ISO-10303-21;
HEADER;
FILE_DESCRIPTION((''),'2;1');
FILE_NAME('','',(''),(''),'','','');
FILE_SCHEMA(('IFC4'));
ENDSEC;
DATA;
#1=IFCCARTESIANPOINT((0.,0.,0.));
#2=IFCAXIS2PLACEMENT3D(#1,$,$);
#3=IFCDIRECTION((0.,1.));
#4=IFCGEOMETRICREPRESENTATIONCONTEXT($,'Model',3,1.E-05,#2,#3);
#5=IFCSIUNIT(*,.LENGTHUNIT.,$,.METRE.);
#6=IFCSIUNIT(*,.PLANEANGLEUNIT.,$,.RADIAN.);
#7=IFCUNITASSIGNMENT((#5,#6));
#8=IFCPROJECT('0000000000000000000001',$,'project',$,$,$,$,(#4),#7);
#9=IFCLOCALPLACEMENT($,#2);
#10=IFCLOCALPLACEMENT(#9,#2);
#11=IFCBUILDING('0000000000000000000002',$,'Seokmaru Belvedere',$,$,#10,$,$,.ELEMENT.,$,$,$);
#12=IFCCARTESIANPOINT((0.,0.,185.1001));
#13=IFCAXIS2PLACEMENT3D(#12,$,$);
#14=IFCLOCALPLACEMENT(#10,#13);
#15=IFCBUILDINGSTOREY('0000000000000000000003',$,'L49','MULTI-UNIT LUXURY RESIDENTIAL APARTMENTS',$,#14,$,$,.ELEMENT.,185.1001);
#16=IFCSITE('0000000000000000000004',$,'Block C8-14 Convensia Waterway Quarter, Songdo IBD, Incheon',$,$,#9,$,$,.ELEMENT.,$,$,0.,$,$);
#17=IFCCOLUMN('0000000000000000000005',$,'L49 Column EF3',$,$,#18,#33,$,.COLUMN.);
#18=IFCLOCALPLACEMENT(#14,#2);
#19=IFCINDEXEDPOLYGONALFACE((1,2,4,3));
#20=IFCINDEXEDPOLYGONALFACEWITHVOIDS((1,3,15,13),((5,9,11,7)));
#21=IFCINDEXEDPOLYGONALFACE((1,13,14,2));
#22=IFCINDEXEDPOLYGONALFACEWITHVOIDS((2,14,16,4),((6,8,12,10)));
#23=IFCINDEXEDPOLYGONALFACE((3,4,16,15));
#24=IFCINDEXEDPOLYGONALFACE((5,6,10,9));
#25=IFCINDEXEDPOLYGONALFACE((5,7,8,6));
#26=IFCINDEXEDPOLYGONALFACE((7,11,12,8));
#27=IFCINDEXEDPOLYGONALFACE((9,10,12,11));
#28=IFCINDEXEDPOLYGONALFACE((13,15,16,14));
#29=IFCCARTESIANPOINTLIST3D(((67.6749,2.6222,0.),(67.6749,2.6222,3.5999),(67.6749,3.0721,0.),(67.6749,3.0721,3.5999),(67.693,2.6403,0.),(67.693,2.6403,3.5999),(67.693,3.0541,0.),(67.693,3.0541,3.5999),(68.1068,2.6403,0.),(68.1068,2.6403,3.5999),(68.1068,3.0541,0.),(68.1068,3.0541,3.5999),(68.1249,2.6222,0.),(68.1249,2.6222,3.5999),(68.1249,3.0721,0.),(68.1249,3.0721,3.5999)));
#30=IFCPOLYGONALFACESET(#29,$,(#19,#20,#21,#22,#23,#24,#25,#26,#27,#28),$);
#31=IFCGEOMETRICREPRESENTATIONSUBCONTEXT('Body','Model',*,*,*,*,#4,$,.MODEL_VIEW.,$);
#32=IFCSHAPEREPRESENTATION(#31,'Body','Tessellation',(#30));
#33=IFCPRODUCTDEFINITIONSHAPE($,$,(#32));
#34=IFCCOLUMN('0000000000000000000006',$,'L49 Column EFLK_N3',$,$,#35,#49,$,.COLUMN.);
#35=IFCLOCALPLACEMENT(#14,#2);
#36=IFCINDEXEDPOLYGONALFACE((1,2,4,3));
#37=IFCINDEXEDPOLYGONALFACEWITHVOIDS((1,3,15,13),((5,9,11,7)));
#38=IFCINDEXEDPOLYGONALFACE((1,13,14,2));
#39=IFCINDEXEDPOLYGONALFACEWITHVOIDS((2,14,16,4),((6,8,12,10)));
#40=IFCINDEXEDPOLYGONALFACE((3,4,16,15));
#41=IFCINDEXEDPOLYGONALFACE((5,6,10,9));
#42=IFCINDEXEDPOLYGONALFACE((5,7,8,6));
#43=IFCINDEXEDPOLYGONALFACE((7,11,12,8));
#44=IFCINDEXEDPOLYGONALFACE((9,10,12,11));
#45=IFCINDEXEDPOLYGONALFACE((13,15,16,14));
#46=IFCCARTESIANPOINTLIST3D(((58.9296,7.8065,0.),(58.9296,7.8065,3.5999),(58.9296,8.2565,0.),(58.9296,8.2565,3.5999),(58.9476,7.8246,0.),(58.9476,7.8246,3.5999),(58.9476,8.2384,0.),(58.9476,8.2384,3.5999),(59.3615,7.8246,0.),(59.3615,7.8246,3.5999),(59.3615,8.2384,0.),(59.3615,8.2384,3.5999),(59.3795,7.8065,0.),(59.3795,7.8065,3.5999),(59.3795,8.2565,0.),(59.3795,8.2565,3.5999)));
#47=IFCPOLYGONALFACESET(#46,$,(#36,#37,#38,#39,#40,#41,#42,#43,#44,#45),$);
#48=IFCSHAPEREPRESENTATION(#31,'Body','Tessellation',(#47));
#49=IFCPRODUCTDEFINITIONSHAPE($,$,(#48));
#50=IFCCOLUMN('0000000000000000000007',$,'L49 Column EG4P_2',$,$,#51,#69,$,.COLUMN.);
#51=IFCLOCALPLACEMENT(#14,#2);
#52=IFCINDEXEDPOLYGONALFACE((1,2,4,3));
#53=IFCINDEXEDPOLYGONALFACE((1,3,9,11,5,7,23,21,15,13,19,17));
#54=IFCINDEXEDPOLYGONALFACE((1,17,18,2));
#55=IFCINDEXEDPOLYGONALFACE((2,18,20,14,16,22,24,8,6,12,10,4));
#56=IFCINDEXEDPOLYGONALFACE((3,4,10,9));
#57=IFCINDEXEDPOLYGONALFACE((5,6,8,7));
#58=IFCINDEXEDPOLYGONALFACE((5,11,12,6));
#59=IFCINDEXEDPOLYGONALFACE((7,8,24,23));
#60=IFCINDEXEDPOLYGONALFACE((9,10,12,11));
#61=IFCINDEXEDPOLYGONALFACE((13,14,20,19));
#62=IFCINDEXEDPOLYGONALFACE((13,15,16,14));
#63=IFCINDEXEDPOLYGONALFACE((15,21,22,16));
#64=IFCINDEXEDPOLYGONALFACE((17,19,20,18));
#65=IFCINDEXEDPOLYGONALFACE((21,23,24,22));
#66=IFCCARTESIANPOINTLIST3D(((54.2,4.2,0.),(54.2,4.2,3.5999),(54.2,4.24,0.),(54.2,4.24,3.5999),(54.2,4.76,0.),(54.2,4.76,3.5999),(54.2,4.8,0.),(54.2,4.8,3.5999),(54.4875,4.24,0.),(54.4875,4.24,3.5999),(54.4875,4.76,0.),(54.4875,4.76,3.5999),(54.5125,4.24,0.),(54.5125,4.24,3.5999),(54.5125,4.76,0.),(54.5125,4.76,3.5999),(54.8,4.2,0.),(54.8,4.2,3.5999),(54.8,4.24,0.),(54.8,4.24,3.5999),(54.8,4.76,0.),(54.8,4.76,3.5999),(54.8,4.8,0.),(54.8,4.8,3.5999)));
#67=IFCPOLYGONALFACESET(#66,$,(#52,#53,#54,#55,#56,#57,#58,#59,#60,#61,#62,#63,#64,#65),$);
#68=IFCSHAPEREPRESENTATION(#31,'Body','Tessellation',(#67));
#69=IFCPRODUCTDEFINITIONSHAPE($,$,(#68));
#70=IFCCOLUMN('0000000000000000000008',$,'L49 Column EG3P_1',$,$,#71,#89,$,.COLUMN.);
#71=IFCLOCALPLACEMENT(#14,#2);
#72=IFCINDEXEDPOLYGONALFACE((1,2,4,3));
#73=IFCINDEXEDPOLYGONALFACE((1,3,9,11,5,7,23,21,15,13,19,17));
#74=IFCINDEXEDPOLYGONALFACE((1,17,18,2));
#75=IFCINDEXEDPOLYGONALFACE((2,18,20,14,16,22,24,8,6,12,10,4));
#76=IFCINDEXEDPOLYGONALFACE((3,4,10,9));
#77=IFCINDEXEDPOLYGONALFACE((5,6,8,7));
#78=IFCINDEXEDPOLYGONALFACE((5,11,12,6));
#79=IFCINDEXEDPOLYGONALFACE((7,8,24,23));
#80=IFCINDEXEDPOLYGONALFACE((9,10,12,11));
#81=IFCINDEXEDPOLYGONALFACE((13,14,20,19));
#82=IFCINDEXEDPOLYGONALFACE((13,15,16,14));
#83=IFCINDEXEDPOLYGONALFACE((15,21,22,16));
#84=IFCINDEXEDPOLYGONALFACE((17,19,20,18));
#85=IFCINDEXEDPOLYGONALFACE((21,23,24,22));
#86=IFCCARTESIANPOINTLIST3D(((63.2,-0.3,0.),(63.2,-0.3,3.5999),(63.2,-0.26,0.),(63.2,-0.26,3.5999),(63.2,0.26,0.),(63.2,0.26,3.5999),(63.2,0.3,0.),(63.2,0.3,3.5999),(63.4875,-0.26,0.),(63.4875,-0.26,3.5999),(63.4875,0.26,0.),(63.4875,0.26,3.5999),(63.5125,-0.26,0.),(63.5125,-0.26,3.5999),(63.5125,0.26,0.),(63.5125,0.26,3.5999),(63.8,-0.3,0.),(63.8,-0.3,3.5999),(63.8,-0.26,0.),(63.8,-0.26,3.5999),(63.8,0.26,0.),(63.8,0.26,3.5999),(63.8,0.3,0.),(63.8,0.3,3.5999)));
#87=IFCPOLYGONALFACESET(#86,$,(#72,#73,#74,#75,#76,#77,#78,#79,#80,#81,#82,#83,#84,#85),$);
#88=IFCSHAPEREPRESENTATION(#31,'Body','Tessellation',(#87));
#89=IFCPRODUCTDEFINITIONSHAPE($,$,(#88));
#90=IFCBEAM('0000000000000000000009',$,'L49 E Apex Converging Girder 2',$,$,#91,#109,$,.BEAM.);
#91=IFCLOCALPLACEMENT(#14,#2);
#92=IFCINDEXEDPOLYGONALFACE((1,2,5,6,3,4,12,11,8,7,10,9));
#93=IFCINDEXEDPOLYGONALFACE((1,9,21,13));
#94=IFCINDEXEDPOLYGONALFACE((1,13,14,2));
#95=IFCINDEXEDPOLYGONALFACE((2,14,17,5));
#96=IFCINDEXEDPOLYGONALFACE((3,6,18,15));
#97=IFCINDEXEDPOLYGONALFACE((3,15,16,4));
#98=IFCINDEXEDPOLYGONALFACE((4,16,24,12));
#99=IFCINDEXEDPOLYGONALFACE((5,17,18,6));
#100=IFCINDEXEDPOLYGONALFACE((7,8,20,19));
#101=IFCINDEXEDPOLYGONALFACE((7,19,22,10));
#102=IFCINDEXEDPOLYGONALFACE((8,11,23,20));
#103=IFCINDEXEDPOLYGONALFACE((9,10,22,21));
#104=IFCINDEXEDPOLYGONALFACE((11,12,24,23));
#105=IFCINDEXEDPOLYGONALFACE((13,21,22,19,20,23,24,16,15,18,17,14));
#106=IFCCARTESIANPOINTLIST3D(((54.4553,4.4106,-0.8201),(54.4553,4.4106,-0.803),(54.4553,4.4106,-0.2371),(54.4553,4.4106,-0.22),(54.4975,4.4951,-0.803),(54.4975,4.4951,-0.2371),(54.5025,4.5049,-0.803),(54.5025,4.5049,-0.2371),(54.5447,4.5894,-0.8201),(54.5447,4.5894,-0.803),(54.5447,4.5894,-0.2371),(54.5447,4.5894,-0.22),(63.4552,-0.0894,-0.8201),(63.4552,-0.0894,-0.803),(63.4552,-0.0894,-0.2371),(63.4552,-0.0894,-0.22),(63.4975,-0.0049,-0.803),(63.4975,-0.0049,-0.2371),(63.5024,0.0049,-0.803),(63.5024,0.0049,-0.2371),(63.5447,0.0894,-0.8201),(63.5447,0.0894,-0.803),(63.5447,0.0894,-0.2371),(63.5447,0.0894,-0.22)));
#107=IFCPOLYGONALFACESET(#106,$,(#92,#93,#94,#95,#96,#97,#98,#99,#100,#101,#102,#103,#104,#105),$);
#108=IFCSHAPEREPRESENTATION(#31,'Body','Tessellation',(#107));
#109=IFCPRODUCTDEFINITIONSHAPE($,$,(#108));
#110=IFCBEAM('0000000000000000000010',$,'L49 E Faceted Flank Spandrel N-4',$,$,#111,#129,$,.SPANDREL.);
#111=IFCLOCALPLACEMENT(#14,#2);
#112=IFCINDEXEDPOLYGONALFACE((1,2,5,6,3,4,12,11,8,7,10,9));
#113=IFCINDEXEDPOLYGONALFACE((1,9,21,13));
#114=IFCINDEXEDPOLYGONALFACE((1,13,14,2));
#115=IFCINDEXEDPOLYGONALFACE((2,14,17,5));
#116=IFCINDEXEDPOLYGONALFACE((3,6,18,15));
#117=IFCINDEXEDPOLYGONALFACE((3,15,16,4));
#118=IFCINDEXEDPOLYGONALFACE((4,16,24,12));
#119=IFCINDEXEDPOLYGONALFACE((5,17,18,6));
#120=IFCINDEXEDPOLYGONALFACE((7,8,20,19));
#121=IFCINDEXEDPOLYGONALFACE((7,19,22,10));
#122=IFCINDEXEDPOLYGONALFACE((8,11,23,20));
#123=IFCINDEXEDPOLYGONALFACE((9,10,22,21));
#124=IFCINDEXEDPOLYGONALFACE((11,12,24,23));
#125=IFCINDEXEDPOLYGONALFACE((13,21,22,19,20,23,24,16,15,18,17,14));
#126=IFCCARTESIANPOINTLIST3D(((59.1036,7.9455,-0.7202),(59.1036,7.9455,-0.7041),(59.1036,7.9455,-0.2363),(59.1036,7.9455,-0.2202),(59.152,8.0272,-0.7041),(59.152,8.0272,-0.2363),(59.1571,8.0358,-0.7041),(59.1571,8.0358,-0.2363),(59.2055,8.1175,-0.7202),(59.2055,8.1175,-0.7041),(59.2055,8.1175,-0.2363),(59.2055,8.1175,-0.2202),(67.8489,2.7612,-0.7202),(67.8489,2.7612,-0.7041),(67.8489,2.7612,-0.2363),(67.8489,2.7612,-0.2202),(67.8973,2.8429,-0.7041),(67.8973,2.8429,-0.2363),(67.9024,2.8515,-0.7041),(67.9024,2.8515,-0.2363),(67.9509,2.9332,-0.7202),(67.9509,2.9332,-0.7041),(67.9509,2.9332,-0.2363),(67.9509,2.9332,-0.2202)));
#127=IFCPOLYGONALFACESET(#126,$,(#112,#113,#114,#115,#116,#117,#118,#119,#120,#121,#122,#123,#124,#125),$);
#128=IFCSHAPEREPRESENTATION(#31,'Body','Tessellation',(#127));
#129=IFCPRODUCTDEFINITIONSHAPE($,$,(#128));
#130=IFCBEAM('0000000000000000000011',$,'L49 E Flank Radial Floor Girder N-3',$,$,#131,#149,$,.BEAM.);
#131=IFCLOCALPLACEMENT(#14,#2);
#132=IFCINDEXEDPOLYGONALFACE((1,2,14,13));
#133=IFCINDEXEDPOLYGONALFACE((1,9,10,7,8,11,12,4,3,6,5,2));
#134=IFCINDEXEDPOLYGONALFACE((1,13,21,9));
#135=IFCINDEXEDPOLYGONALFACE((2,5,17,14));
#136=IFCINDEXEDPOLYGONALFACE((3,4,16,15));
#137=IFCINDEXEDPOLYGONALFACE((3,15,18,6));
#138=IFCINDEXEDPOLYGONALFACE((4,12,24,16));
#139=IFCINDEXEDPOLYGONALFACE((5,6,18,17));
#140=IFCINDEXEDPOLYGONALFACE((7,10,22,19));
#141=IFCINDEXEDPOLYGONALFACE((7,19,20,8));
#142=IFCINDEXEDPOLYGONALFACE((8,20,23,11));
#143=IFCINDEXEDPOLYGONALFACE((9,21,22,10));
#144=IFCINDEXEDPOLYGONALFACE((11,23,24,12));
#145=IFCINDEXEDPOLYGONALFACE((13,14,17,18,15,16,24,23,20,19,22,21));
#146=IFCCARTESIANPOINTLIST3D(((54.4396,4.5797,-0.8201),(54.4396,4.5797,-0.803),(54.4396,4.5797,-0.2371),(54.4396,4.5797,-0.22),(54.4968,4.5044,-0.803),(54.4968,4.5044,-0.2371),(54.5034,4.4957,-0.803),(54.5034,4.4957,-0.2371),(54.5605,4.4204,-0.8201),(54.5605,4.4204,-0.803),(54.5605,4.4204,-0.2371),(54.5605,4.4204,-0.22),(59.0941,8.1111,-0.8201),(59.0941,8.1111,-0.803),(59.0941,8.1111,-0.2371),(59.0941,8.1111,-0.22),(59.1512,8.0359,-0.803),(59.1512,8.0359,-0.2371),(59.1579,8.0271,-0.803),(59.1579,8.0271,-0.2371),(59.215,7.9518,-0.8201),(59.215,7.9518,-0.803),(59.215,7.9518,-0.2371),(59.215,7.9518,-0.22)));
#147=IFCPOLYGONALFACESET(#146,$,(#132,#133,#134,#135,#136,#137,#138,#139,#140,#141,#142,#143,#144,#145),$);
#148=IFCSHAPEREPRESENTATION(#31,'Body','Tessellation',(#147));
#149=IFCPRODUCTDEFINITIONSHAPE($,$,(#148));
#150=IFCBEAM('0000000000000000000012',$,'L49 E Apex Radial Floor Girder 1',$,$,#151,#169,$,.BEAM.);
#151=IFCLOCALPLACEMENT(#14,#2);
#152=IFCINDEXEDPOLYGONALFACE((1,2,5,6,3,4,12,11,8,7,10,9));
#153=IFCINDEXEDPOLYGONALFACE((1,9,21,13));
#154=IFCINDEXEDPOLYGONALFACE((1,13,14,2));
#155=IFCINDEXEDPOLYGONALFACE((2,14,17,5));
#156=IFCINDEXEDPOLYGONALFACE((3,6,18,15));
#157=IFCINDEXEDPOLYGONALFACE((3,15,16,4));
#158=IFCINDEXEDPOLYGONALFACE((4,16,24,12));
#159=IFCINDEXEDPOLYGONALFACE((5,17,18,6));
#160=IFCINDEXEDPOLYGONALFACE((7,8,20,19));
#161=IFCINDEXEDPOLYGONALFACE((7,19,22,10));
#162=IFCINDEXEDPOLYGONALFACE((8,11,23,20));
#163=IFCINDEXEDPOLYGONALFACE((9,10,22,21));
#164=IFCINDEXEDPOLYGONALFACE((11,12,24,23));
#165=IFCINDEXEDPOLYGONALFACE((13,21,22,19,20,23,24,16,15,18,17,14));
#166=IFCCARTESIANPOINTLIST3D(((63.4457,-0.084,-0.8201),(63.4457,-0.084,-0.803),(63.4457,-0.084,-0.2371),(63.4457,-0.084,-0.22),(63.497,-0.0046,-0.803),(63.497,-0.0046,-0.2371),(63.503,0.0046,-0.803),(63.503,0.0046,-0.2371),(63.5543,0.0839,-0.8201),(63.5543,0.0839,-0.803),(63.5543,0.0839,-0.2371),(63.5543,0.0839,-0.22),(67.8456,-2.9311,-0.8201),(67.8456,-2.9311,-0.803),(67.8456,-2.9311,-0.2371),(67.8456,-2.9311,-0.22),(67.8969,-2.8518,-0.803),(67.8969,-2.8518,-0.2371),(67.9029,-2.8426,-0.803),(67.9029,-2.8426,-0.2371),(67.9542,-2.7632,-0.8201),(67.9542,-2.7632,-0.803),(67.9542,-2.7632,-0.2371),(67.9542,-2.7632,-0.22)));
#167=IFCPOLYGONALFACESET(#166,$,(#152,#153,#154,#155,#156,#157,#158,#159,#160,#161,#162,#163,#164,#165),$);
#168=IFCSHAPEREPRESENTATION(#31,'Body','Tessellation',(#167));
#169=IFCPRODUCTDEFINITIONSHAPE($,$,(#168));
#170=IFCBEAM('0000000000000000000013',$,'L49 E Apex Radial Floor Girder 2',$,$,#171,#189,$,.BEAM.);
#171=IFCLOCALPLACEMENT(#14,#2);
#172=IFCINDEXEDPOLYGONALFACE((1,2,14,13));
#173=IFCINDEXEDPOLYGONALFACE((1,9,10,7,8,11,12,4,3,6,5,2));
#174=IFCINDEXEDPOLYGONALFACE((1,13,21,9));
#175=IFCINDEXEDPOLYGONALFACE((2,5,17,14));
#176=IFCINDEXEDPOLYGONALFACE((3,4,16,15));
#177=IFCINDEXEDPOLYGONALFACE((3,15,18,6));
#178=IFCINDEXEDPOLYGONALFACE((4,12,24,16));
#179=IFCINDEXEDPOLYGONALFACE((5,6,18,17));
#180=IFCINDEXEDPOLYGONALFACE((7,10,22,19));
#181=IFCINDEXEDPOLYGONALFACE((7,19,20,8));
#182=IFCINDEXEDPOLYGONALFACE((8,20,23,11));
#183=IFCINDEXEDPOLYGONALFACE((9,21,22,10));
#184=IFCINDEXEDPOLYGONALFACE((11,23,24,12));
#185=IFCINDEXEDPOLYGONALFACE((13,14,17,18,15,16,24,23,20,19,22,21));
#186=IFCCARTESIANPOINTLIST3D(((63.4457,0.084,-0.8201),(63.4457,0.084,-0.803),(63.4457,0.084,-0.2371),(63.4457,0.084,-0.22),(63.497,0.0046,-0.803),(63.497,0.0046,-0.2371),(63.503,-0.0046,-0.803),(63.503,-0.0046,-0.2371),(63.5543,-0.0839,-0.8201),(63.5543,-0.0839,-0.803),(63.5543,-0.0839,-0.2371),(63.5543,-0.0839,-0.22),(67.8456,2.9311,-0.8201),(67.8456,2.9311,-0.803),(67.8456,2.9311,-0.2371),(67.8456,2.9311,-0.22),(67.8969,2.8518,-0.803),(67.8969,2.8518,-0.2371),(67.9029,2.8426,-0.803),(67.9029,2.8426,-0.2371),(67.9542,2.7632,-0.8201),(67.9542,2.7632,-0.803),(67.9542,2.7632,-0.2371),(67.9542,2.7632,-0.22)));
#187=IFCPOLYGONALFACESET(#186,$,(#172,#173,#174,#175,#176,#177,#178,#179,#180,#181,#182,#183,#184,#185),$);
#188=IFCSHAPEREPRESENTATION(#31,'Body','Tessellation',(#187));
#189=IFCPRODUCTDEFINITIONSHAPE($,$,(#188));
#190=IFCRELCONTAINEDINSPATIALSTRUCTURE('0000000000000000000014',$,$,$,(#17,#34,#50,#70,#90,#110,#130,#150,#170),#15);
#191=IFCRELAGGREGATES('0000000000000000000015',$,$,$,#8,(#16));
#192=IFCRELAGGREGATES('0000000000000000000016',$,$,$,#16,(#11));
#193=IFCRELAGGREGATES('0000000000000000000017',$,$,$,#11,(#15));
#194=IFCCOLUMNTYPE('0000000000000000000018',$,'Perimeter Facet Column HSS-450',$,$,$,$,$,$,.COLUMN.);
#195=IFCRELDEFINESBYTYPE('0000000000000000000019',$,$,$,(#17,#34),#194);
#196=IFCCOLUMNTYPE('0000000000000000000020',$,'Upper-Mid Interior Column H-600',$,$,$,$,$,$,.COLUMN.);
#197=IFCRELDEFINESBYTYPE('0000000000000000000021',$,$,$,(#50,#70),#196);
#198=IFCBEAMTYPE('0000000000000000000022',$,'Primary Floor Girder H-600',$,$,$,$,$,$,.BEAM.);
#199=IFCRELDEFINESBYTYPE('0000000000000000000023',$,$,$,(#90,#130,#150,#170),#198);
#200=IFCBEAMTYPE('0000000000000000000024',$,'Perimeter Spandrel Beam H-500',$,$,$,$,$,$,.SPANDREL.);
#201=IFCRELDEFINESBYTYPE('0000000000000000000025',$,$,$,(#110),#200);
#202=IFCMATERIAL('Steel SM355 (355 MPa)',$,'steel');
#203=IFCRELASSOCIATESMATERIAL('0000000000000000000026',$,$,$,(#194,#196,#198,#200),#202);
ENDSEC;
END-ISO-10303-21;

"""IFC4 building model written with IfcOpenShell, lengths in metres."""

from ifc_helpers import new_model, si_unit, direction, frame, origin, origin_2d, place, context, subcontext, project, spatial, hollow_rectangle, i_section, extrude, source, transform, mapped, material, material_profile, profile_set, type_object, type_shapes, element, save


model = new_model("IFC4")

# Units and contexts
model_context = context("Model", 3, precision=1e-05, world=origin(), true_north=direction((0.0, 1.0)))
body_context = subcontext(model_context, "Body", "Model", "MODEL_VIEW")
ifc_project = project(units=[si_unit("LENGTHUNIT", "METRE"), si_unit("PLANEANGLEUNIT", "RADIAN")], contexts=[model_context])

# Site, building, storey
site_placement = place(None, origin())
site = spatial("IfcSite", under=ifc_project, at=site_placement, Name="Block C8-14 Convensia Waterway Quarter, Songdo IBD, Incheon", CompositionType="ELEMENT", RefElevation=0.0)
building_placement = place(site_placement, origin())
building = spatial("IfcBuilding", under=site, at=building_placement, Name="Seokmaru Belvedere", CompositionType="ELEMENT")
storey_placement = place(building_placement, frame((0.0, 0.0, 185.1001)))
storey = spatial("IfcBuildingStorey", under=building, at=storey_placement, Name="L49", Description="MULTI-UNIT LUXURY RESIDENTIAL APARTMENTS", CompositionType="ELEMENT", Elevation=185.1001)

# Columns
ifc_material_1 = material(Name="Steel SM355 (355 MPa)", Category="steel")
ifc_material_profile_1 = material_profile(ifc_material_1, hollow_rectangle(XDim=0.45, YDim=0.45, WallThickness=0.0181, at=origin_2d()), Name="HSS-450x450x18")
ifc_profile_set_1 = profile_set([ifc_material_profile_1], Name="Steel SM355 (355 MPa)")
column_type_1 = type_object("IfcColumnType", Name="Perimeter Facet Column HSS-450", PredefinedType="COLUMN", material=ifc_profile_set_1)
shared_shape_1 = source(origin(), body_context, "Body", "SweptSolid", [
    extrude(hollow_rectangle(XDim=0.45, YDim=0.45, WallThickness=0.0181, at=origin_2d()), origin(), (0.0, 0.0, 1.0), 3.5999),
])
type_shapes(column_type_1, [shared_shape_1])
for number, where, z_axis, x_axis, name in (
    (1, (67.8999, 2.8472, 0.0), (0.0, 0.0, 1.0), (1.0, 0.0, 0.0), "L49 Column EF3"),
    (2, (59.1545, 8.0315, 0.0), (0.0, 0.0, 1.0), (1.0, 0.0, 0.0), "L49 Column EFLK_N3"),
):
    element("IfcColumn", number, at=place(storey_placement, frame(where, z_axis=z_axis, x_axis=x_axis)), inside=storey, type_object=column_type_1, Name=name, PredefinedType="COLUMN", context=body_context, shape_type="MappedRepresentation", body=[
        mapped(shared_shape_1, transform((0.0, 0.0, 0.0), scale=1.0)),
    ])
ifc_material_profile_2 = material_profile(ifc_material_1, i_section(OverallWidth=0.6001, OverallDepth=0.6001, WebThickness=0.0249, FlangeThickness=0.04, at=origin_2d()), Name="H-600x600x25x40")
ifc_profile_set_2 = profile_set([ifc_material_profile_2], Name="Steel SM355 (355 MPa)")
column_type_2 = type_object("IfcColumnType", Name="Upper-Mid Interior Column H-600", PredefinedType="COLUMN", material=ifc_profile_set_2)
shared_shape_2 = source(origin(), body_context, "Body", "SweptSolid", [
    extrude(i_section(OverallWidth=0.6001, OverallDepth=0.6001, WebThickness=0.0249, FlangeThickness=0.04, at=origin_2d()), origin(), (0.0, 0.0, 1.0), 3.5999),
])
type_shapes(column_type_2, [shared_shape_2])
for number, where, z_axis, x_axis, name in (
    (3, (54.5, 4.5, 0.0), (0.0, 0.0, 1.0), (1.0, 0.0, 0.0), "L49 Column EG4P_2"),
    (4, (63.5, 0.0, 0.0), (0.0, 0.0, 1.0), (1.0, 0.0, 0.0), "L49 Column EG3P_1"),
):
    element("IfcColumn", number, at=place(storey_placement, frame(where, z_axis=z_axis, x_axis=x_axis)), inside=storey, type_object=column_type_2, Name=name, PredefinedType="COLUMN", context=body_context, shape_type="MappedRepresentation", body=[
        mapped(shared_shape_2, transform((0.0, 0.0, 0.0), scale=1.0)),
    ])

# Beams
ifc_material_profile_3 = material_profile(ifc_material_1, i_section(OverallWidth=0.2, OverallDepth=0.6001, WebThickness=0.011, FlangeThickness=0.0171, at=origin_2d()), Name="H-600x200x11x17")
ifc_profile_set_3 = profile_set([ifc_material_profile_3], Name="Steel SM355 (355 MPa)")
beam_type_1 = type_object("IfcBeamType", Name="Primary Floor Girder H-600", PredefinedType="BEAM", material=ifc_profile_set_3)
shared_shape_3 = source(origin(), body_context, "Body", "SweptSolid", [
    extrude(i_section(OverallWidth=0.2, OverallDepth=0.6001, WebThickness=0.011, FlangeThickness=0.0171, at=origin_2d()), origin(), (0.0, 0.0, 1.0), 10.0623),
])
beam_1_placement = place(storey_placement, frame((54.5, 4.5, -0.52), z_axis=(0.894427, -0.447214, 0.0), x_axis=(0.447214, 0.894427, 0.0)))
element("IfcBeam", 5, at=beam_1_placement, inside=storey, type_object=beam_type_1, Name="L49 E Apex Converging Girder 2", PredefinedType="BEAM", context=body_context, shape_type="MappedRepresentation", body=[
    mapped(shared_shape_3, transform((0.0, 0.0, 0.0), scale=1.0)),
])
ifc_material_profile_4 = material_profile(ifc_material_1, i_section(OverallWidth=0.2, OverallDepth=0.5, WebThickness=0.01, FlangeThickness=0.0161, at=origin_2d()), Name="H-500x200x10x16")
ifc_profile_set_4 = profile_set([ifc_material_profile_4], Name="Steel SM355 (355 MPa)")
beam_type_2 = type_object("IfcBeamType", Name="Perimeter Spandrel Beam H-500", PredefinedType="SPANDREL", material=ifc_profile_set_4)
shared_shape_4 = source(origin(), body_context, "Body", "SweptSolid", [
    extrude(i_section(OverallWidth=0.2, OverallDepth=0.5, WebThickness=0.01, FlangeThickness=0.0161, at=origin_2d()), origin(), (0.0, 0.0, 1.0), 10.1665),
])
type_shapes(beam_type_2, [shared_shape_4])
beam_2_placement = place(storey_placement, frame((59.1545, 8.0315, -0.4702), z_axis=(0.86021, -0.50994, 0.0), x_axis=(0.50994, 0.86021, 0.0)))
element("IfcBeam", 6, at=beam_2_placement, inside=storey, type_object=beam_type_2, Name="L49 E Faceted Flank Spandrel N-4", PredefinedType="SPANDREL", context=body_context, shape_type="MappedRepresentation", body=[
    mapped(shared_shape_4, transform((0.0, 0.0, 0.0), scale=1.0)),
])
shared_shape_5 = source(origin(), body_context, "Body", "SweptSolid", [
    extrude(i_section(OverallWidth=0.2, OverallDepth=0.6001, WebThickness=0.011, FlangeThickness=0.0171, at=origin_2d()), origin(), (0.0, 0.0, 1.0), 5.8425),
])
beam_3_placement = place(storey_placement, frame((59.1545, 8.0315, -0.52), z_axis=(-0.796653, -0.604437, 0.0), x_axis=(0.604437, -0.796653, 0.0)))
element("IfcBeam", 7, at=beam_3_placement, inside=storey, type_object=beam_type_1, Name="L49 E Flank Radial Floor Girder N-3", PredefinedType="BEAM", context=body_context, shape_type="MappedRepresentation", body=[
    mapped(shared_shape_5, transform((0.0, 0.0, 0.0), scale=1.0)),
])
shared_shape_6 = source(origin(), body_context, "Body", "SweptSolid", [
    extrude(i_section(OverallWidth=0.2, OverallDepth=0.6001, WebThickness=0.011, FlangeThickness=0.0171, at=origin_2d()), origin(), (0.0, 0.0, 1.0), 5.2407),
])
type_shapes(beam_type_1, [shared_shape_3, shared_shape_5, shared_shape_6])
for number, where, z_axis, x_axis, name in (
    (8, (67.8999, -2.8472, -0.52), (-0.839555, 0.543274, 0.0), (-0.543274, -0.839555, 0.0), "L49 E Apex Radial Floor Girder 1"),
    (9, (67.8999, 2.8472, -0.52), (-0.839555, -0.543274, 0.0), (0.543274, -0.839555, 0.0), "L49 E Apex Radial Floor Girder 2"),
):
    element("IfcBeam", number, at=place(storey_placement, frame(where, z_axis=z_axis, x_axis=x_axis)), inside=storey, type_object=beam_type_1, Name=name, PredefinedType="BEAM", context=body_context, shape_type="MappedRepresentation", body=[
        mapped(shared_shape_6, transform((0.0, 0.0, 0.0), scale=1.0)),
    ])

save(model, "model.ifc")
